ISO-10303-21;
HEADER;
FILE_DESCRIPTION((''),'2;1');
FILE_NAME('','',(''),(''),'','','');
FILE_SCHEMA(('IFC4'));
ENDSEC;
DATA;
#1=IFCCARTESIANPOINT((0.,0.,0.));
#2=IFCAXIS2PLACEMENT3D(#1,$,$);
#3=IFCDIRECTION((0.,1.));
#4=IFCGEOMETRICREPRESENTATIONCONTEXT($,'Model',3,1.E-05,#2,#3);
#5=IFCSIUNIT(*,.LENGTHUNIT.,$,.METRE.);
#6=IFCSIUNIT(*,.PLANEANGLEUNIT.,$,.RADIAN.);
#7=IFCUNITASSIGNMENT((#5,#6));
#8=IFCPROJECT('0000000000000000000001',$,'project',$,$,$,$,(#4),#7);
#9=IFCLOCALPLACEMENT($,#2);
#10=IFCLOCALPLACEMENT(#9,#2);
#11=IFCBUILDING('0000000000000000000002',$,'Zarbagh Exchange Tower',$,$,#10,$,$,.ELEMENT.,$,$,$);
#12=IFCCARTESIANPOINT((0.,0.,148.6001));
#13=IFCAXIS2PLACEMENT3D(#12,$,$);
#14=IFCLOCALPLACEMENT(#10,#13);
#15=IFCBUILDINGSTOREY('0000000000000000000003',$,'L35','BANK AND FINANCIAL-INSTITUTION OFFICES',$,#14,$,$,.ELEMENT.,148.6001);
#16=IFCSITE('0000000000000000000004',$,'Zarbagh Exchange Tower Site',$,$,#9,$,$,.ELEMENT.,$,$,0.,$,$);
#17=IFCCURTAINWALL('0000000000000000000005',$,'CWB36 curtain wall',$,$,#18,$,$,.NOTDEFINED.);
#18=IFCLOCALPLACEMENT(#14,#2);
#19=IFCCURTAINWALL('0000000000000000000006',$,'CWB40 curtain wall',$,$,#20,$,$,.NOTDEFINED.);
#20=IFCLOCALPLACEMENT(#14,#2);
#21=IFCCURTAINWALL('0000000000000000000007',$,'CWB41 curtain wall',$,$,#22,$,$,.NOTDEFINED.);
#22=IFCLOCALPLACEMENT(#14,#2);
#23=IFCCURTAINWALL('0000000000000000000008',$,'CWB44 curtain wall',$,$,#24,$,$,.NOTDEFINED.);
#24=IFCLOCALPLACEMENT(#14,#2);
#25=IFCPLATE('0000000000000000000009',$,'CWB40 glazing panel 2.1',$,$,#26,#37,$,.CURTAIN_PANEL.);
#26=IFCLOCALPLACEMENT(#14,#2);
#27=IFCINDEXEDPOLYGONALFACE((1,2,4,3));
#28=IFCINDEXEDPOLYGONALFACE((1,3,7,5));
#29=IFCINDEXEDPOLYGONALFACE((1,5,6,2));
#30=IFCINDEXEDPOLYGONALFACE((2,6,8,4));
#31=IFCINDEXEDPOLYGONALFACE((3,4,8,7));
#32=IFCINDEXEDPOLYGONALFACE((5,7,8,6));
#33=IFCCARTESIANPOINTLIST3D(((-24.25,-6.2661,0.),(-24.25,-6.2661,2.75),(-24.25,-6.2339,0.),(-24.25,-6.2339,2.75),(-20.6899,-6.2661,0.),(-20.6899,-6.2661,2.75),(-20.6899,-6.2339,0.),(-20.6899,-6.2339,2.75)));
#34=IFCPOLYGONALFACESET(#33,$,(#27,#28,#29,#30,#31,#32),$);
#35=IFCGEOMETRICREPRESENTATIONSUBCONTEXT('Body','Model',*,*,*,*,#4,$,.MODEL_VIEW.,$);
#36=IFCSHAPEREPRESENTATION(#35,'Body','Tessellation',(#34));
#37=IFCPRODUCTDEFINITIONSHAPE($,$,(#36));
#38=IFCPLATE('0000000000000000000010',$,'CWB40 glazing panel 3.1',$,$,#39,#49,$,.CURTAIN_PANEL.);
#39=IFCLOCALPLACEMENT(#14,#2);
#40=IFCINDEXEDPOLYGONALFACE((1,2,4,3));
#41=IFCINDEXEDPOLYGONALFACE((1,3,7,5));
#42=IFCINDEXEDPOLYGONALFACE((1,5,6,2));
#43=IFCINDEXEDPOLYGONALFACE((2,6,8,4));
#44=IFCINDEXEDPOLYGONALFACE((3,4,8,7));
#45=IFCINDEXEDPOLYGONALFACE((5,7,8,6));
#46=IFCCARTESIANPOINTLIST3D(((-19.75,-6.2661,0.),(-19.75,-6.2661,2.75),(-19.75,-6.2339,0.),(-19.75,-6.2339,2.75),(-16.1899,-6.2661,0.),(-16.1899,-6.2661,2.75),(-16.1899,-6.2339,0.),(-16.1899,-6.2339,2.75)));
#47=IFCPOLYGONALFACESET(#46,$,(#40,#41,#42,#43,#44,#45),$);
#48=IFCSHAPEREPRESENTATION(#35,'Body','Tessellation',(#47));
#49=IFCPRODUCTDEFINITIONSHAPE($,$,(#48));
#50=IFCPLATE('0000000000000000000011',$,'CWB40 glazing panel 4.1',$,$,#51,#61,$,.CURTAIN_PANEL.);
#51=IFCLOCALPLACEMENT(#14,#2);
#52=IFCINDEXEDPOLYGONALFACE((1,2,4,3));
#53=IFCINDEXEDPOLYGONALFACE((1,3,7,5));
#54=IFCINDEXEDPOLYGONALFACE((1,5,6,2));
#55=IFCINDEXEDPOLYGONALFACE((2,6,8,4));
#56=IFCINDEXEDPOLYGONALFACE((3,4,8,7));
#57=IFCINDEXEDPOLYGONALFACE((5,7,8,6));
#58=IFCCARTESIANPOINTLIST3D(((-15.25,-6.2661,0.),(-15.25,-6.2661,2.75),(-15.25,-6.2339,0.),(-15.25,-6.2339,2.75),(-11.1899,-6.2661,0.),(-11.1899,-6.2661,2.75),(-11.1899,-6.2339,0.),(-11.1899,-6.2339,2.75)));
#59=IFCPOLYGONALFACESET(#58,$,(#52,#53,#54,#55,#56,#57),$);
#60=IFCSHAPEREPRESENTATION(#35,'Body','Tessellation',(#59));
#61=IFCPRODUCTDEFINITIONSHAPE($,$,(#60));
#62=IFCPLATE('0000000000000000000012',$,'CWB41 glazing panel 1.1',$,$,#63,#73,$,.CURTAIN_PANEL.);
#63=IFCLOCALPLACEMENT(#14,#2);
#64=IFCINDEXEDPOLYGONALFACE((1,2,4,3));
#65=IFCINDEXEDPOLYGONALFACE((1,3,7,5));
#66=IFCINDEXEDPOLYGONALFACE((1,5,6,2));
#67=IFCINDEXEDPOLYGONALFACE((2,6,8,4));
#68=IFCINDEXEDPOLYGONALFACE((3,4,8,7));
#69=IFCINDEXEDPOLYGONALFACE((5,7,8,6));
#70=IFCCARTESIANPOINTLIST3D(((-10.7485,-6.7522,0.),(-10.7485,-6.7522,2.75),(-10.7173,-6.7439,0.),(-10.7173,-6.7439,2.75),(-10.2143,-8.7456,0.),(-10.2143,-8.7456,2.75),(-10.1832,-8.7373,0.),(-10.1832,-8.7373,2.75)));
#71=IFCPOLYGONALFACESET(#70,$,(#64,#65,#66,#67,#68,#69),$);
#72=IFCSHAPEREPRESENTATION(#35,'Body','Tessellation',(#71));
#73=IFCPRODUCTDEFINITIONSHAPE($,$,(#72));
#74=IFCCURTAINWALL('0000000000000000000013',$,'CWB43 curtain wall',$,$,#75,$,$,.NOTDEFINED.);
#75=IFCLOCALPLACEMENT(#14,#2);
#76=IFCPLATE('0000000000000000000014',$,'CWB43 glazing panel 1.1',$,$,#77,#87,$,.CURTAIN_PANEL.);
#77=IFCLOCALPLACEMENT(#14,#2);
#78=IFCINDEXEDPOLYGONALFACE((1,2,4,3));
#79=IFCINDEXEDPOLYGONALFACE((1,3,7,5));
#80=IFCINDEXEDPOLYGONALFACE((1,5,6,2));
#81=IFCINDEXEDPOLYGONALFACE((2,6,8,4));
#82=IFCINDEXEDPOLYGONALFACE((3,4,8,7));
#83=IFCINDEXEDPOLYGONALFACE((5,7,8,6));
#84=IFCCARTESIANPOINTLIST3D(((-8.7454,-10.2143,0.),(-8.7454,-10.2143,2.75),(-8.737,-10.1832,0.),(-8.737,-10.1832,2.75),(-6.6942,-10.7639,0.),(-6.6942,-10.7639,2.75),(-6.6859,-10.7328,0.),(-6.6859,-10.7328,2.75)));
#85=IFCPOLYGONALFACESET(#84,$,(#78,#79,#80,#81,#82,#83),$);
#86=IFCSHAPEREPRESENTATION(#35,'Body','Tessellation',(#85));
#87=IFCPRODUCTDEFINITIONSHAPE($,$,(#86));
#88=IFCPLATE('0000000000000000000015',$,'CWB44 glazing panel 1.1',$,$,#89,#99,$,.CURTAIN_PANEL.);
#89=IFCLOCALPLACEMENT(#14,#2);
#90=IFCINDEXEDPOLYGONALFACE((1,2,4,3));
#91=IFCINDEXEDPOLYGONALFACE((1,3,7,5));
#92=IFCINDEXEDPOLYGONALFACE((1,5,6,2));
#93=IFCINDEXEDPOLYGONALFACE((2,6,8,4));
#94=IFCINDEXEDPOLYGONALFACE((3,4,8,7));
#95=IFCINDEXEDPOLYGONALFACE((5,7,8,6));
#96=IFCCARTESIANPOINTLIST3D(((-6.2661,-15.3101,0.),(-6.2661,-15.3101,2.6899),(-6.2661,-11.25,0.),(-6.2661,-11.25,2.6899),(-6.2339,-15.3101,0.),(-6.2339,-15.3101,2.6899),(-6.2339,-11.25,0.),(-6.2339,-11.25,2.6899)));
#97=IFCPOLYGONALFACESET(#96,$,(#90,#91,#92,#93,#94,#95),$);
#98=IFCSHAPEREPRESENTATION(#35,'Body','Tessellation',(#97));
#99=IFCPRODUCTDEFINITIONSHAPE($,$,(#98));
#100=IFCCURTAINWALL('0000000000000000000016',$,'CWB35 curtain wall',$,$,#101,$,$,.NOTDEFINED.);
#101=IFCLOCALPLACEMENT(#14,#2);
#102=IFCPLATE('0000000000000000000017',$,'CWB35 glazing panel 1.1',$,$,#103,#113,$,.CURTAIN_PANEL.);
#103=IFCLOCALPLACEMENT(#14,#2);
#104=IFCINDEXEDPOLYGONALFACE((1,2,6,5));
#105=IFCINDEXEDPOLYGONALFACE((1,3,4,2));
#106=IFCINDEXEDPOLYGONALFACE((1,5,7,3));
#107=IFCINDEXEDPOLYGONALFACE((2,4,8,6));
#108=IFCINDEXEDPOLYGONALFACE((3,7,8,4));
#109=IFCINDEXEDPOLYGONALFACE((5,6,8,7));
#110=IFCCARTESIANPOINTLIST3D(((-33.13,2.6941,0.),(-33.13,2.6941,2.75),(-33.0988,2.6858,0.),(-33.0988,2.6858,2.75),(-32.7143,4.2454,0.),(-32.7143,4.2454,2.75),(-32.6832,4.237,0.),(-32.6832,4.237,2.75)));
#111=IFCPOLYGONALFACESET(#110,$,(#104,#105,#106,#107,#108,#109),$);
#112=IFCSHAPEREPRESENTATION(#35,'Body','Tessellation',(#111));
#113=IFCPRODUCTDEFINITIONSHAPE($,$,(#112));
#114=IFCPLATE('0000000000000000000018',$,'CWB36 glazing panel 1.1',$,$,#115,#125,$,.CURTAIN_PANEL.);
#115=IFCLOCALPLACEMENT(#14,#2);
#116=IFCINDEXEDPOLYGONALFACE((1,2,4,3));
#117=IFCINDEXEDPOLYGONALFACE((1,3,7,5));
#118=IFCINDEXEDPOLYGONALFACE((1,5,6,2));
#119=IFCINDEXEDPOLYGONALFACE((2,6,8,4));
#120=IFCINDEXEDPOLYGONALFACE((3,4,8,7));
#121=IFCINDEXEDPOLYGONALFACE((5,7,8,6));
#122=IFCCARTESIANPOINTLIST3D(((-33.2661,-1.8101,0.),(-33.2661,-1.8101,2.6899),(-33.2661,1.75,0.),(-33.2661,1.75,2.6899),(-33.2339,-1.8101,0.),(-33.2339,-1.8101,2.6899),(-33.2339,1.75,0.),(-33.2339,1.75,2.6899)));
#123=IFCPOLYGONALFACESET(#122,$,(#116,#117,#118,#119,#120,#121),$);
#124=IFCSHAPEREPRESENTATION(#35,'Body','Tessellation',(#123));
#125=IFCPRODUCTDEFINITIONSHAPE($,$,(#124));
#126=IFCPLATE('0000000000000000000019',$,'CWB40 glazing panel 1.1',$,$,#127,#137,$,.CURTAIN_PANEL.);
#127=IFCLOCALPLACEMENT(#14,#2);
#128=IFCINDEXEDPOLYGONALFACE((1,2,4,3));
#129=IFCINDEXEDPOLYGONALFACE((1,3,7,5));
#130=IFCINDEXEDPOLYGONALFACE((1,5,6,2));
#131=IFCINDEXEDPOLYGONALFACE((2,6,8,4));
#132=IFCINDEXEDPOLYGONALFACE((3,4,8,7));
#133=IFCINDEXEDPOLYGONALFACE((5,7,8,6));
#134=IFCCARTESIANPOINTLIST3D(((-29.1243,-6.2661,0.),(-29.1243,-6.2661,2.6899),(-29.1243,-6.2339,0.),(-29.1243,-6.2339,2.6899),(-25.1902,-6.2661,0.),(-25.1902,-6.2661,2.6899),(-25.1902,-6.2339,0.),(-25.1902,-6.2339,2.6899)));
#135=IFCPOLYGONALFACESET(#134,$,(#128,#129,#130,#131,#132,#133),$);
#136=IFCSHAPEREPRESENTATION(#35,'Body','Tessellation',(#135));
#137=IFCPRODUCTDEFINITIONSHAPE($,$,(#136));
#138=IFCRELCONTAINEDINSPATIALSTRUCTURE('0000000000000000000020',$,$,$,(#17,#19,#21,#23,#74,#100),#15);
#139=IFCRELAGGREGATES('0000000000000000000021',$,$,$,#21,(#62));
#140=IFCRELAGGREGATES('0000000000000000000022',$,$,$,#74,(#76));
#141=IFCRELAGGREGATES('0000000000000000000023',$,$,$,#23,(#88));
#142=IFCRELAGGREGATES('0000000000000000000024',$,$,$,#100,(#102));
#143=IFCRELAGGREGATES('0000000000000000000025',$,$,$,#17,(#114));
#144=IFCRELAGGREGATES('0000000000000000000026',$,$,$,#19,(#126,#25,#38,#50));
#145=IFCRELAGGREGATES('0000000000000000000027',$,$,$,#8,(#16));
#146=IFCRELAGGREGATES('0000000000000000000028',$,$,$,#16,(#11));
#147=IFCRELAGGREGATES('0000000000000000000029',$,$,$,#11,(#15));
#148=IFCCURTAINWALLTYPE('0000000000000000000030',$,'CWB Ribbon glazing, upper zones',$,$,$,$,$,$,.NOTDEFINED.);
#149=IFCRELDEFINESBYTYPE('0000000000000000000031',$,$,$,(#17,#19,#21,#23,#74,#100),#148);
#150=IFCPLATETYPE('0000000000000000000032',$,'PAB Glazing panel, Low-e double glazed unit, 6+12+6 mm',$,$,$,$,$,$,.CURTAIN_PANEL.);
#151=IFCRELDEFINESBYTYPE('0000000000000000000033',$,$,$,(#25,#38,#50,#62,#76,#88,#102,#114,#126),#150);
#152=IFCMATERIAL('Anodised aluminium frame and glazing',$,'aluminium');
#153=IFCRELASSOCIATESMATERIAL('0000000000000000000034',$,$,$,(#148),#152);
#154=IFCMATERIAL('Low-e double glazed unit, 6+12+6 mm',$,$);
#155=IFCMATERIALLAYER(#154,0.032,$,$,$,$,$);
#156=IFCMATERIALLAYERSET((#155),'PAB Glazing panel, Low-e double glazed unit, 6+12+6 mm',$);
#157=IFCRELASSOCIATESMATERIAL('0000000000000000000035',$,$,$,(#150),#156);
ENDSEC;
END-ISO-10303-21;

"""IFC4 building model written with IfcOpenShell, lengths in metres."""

from ifc_helpers import new_model, si_unit, direction, frame, origin, place, context, subcontext, project, spatial, polyline, outline, extrude, source, transform, mapped, material, layer, layer_set, type_object, element, aggregate, save


model = new_model("IFC4")

# Units and contexts
model_context = context("Model", 3, precision=1e-05, world=origin(), true_north=direction((0.0, 1.0)))
body_context = subcontext(model_context, "Body", "Model", "MODEL_VIEW")
ifc_project = project(units=[si_unit("LENGTHUNIT", "METRE"), si_unit("PLANEANGLEUNIT", "RADIAN")], contexts=[model_context])

# Site, building, storey
site_placement = place(None, origin())
site = spatial("IfcSite", under=ifc_project, at=site_placement, Name="Zarbagh Exchange Tower Site", CompositionType="ELEMENT", RefElevation=0.0)
building_placement = place(site_placement, origin())
building = spatial("IfcBuilding", under=site, at=building_placement, Name="Zarbagh Exchange Tower", CompositionType="ELEMENT")
storey_placement = place(building_placement, frame((0.0, 0.0, 148.6001)))
storey = spatial("IfcBuildingStorey", under=building, at=storey_placement, Name="L35", Description="BANK AND FINANCIAL-INSTITUTION OFFICES", CompositionType="ELEMENT", Elevation=148.6001)

# Curtain wall
ifc_material_1 = material(Name="Anodised aluminium frame and glazing", Category="aluminium")
curtain_wall_type = type_object("IfcCurtainWallType", Name="CWB Ribbon glazing, upper zones", PredefinedType="NOTDEFINED", material=ifc_material_1)
curtain_wall_1_placement = place(storey_placement, origin())
curtain_wall_1 = element("IfcCurtainWall", 1, at=curtain_wall_1_placement, inside=storey, type_object=curtain_wall_type, Name="CWB36 curtain wall", PredefinedType="NOTDEFINED")
placement = place(storey_placement, origin())

# Curtain wall
curtain_wall_2_placement = place(storey_placement, origin())
curtain_wall_2 = element("IfcCurtainWall", 2, at=curtain_wall_2_placement, inside=storey, type_object=curtain_wall_type, Name="CWB40 curtain wall", PredefinedType="NOTDEFINED")

# Curtain wall
curtain_wall_3_placement = place(storey_placement, origin())
curtain_wall_3 = element("IfcCurtainWall", 3, at=curtain_wall_3_placement, inside=storey, type_object=curtain_wall_type, Name="CWB41 curtain wall", PredefinedType="NOTDEFINED")

# Curtain wall
curtain_wall_4_placement = place(storey_placement, origin())
curtain_wall_4 = element("IfcCurtainWall", 4, at=curtain_wall_4_placement, inside=storey, type_object=curtain_wall_type, Name="CWB44 curtain wall", PredefinedType="NOTDEFINED")

# Shared definitions
ifc_material_2 = material(Name="Low-e double glazed unit, 6+12+6 mm")
ifc_layer = layer(ifc_material_2, 0.032)
ifc_layer_set = layer_set([ifc_layer], Name="PAB Glazing panel, Low-e double glazed unit, 6+12+6 mm")
plate_type = type_object("IfcPlateType", Name="PAB Glazing panel, Low-e double glazed unit, 6+12+6 mm", PredefinedType="CURTAIN_PANEL", material=ifc_layer_set)

# Plates
shared_shape_1 = source(origin(), body_context, "Body", "SweptSolid", [
    extrude(outline(polyline([(0.0, -0.0161), (3.5601, -0.0161), (3.5601, 0.0161), (0.0, 0.0161), (0.0, -0.0161)])), origin(), (0.0, 0.0, 1.0), 2.75),
])
plate_1 = element("IfcPlate", 5, at=placement, type_object=plate_type, Name="CWB40 glazing panel 2.1", PredefinedType="CURTAIN_PANEL", context=body_context, shape_type="MappedRepresentation", body=[
    mapped(shared_shape_1, transform((-24.25, -6.25, 0.0), x_axis=(1.0, 0.0, 0.0), y_axis=(0.0, 1.0, 0.0), z_axis=(0.0, 0.0, 1.0))),
])
plate_2 = element("IfcPlate", 6, at=placement, type_object=plate_type, Name="CWB40 glazing panel 3.1", PredefinedType="CURTAIN_PANEL", context=body_context, shape_type="MappedRepresentation", body=[
    mapped(shared_shape_1, transform((-19.75, -6.25, 0.0), x_axis=(1.0, 0.0, 0.0), y_axis=(0.0, 1.0, 0.0), z_axis=(0.0, 0.0, 1.0))),
])
shared_shape_2 = source(origin(), body_context, "Body", "SweptSolid", [
    extrude(outline(polyline([(0.0, -0.0161), (4.0601, -0.0161), (4.0601, 0.0161), (0.0, 0.0161), (0.0, -0.0161)])), origin(), (0.0, 0.0, 1.0), 2.75),
])
plate_3 = element("IfcPlate", 7, at=placement, type_object=plate_type, Name="CWB40 glazing panel 4.1", PredefinedType="CURTAIN_PANEL", context=body_context, shape_type="MappedRepresentation", body=[
    mapped(shared_shape_2, transform((-15.25, -6.25, 0.0), x_axis=(1.0, 0.0, 0.0), y_axis=(0.0, 1.0, 0.0), z_axis=(0.0, 0.0, 1.0))),
])
shared_shape_3 = source(origin(), body_context, "Body", "SweptSolid", [
    extrude(outline(polyline([(0.0, -0.0161), (2.0637, -0.0161), (2.0637, 0.0161), (0.0, 0.0161), (0.0, -0.0161)])), origin(), (0.0, 0.0, 1.0), 2.75),
])
plate_4 = element("IfcPlate", 8, at=placement, type_object=plate_type, Name="CWB41 glazing panel 1.1", PredefinedType="CURTAIN_PANEL", context=body_context, shape_type="MappedRepresentation", body=[
    mapped(shared_shape_3, transform((-10.7329, -6.748, 0.0), x_axis=(0.258825, -0.965924, 0.0), y_axis=(0.965924, 0.258825, 0.0), z_axis=(0.0, 0.0, 1.0))),
])
aggregate(curtain_wall_3, [plate_4])

# Curtain wall, plate
curtain_wall_5_placement = place(storey_placement, origin())
curtain_wall_5 = element("IfcCurtainWall", 9, at=curtain_wall_5_placement, inside=storey, type_object=curtain_wall_type, Name="CWB43 curtain wall", PredefinedType="NOTDEFINED")
shared_shape_4 = source(origin(), body_context, "Body", "SweptSolid", [
    extrude(outline(polyline([(0.0, -0.0161), (2.1235, -0.0161), (2.1235, 0.0161), (0.0, 0.0161), (0.0, -0.0161)])), origin(), (0.0, 0.0, 1.0), 2.75),
])
plate_5 = element("IfcPlate", 10, at=placement, type_object=plate_type, Name="CWB43 glazing panel 1.1", PredefinedType="CURTAIN_PANEL", context=body_context, shape_type="MappedRepresentation", body=[
    mapped(shared_shape_4, transform((-8.7412, -10.1987, 0.0), x_axis=(0.965924, -0.258825, 0.0), y_axis=(0.258825, 0.965924, 0.0), z_axis=(0.0, 0.0, 1.0))),
])
aggregate(curtain_wall_5, [plate_5])

# Plate
shared_shape_5 = source(origin(), body_context, "Body", "SweptSolid", [
    extrude(outline(polyline([(0.0, -0.0161), (4.0601, -0.0161), (4.0601, 0.0161), (0.0, 0.0161), (0.0, -0.0161)])), origin(), (0.0, 0.0, 1.0), 2.6899),
])
plate_6 = element("IfcPlate", 11, at=placement, type_object=plate_type, Name="CWB44 glazing panel 1.1", PredefinedType="CURTAIN_PANEL", context=body_context, shape_type="MappedRepresentation", body=[
    mapped(shared_shape_5, transform((-6.25, -11.25, 0.0), x_axis=(0.0, -1.0, 0.0), y_axis=(1.0, 0.0, 0.0), z_axis=(0.0, 0.0, 1.0))),
])
aggregate(curtain_wall_4, [plate_6])

# Curtain wall, plate
curtain_wall_6_placement = place(storey_placement, origin())
curtain_wall_6 = element("IfcCurtainWall", 12, at=curtain_wall_6_placement, inside=storey, type_object=curtain_wall_type, Name="CWB35 curtain wall", PredefinedType="NOTDEFINED")
shared_shape_6 = source(origin(), body_context, "Body", "SweptSolid", [
    extrude(outline(polyline([(0.0, -0.0161), (1.606, -0.0161), (1.606, 0.0161), (0.0, 0.0161), (0.0, -0.0161)])), origin(), (0.0, 0.0, 1.0), 2.75),
])
plate_7 = element("IfcPlate", 13, at=placement, type_object=plate_type, Name="CWB35 glazing panel 1.1", PredefinedType="CURTAIN_PANEL", context=body_context, shape_type="MappedRepresentation", body=[
    mapped(shared_shape_6, transform((-32.6987, 4.2412, 0.0), x_axis=(-0.258825, -0.965924, 0.0), y_axis=(0.965924, -0.258825, 0.0), z_axis=(0.0, 0.0, 1.0))),
])
aggregate(curtain_wall_6, [plate_7])

# Plates
shared_shape_7 = source(origin(), body_context, "Body", "SweptSolid", [
    extrude(outline(polyline([(0.0, -0.0161), (3.5601, -0.0161), (3.5601, 0.0161), (0.0, 0.0161), (0.0, -0.0161)])), origin(), (0.0, 0.0, 1.0), 2.6899),
])
plate_8 = element("IfcPlate", 14, at=placement, type_object=plate_type, Name="CWB36 glazing panel 1.1", PredefinedType="CURTAIN_PANEL", context=body_context, shape_type="MappedRepresentation", body=[
    mapped(shared_shape_7, transform((-33.25, 1.75, 0.0), x_axis=(0.0, -1.0, 0.0), y_axis=(1.0, 0.0, 0.0), z_axis=(0.0, 0.0, 1.0))),
])
aggregate(curtain_wall_1, [plate_8])
shared_shape_8 = source(origin(), body_context, "Body", "SweptSolid", [
    extrude(outline(polyline([(0.0, -0.0161), (3.9341, -0.0161), (3.9341, 0.0161), (0.0, 0.0161), (0.0, -0.0161)])), origin(), (0.0, 0.0, 1.0), 2.6899),
])
plate_9 = element("IfcPlate", 15, at=placement, type_object=plate_type, Name="CWB40 glazing panel 1.1", PredefinedType="CURTAIN_PANEL", context=body_context, shape_type="MappedRepresentation", body=[
    mapped(shared_shape_8, transform((-29.1243, -6.25, 0.0), x_axis=(1.0, 0.0, 0.0), y_axis=(0.0, 1.0, 0.0), z_axis=(0.0, 0.0, 1.0))),
])
aggregate(curtain_wall_2, [plate_9, plate_1, plate_2, plate_3])

save(model, "model.ifc")
